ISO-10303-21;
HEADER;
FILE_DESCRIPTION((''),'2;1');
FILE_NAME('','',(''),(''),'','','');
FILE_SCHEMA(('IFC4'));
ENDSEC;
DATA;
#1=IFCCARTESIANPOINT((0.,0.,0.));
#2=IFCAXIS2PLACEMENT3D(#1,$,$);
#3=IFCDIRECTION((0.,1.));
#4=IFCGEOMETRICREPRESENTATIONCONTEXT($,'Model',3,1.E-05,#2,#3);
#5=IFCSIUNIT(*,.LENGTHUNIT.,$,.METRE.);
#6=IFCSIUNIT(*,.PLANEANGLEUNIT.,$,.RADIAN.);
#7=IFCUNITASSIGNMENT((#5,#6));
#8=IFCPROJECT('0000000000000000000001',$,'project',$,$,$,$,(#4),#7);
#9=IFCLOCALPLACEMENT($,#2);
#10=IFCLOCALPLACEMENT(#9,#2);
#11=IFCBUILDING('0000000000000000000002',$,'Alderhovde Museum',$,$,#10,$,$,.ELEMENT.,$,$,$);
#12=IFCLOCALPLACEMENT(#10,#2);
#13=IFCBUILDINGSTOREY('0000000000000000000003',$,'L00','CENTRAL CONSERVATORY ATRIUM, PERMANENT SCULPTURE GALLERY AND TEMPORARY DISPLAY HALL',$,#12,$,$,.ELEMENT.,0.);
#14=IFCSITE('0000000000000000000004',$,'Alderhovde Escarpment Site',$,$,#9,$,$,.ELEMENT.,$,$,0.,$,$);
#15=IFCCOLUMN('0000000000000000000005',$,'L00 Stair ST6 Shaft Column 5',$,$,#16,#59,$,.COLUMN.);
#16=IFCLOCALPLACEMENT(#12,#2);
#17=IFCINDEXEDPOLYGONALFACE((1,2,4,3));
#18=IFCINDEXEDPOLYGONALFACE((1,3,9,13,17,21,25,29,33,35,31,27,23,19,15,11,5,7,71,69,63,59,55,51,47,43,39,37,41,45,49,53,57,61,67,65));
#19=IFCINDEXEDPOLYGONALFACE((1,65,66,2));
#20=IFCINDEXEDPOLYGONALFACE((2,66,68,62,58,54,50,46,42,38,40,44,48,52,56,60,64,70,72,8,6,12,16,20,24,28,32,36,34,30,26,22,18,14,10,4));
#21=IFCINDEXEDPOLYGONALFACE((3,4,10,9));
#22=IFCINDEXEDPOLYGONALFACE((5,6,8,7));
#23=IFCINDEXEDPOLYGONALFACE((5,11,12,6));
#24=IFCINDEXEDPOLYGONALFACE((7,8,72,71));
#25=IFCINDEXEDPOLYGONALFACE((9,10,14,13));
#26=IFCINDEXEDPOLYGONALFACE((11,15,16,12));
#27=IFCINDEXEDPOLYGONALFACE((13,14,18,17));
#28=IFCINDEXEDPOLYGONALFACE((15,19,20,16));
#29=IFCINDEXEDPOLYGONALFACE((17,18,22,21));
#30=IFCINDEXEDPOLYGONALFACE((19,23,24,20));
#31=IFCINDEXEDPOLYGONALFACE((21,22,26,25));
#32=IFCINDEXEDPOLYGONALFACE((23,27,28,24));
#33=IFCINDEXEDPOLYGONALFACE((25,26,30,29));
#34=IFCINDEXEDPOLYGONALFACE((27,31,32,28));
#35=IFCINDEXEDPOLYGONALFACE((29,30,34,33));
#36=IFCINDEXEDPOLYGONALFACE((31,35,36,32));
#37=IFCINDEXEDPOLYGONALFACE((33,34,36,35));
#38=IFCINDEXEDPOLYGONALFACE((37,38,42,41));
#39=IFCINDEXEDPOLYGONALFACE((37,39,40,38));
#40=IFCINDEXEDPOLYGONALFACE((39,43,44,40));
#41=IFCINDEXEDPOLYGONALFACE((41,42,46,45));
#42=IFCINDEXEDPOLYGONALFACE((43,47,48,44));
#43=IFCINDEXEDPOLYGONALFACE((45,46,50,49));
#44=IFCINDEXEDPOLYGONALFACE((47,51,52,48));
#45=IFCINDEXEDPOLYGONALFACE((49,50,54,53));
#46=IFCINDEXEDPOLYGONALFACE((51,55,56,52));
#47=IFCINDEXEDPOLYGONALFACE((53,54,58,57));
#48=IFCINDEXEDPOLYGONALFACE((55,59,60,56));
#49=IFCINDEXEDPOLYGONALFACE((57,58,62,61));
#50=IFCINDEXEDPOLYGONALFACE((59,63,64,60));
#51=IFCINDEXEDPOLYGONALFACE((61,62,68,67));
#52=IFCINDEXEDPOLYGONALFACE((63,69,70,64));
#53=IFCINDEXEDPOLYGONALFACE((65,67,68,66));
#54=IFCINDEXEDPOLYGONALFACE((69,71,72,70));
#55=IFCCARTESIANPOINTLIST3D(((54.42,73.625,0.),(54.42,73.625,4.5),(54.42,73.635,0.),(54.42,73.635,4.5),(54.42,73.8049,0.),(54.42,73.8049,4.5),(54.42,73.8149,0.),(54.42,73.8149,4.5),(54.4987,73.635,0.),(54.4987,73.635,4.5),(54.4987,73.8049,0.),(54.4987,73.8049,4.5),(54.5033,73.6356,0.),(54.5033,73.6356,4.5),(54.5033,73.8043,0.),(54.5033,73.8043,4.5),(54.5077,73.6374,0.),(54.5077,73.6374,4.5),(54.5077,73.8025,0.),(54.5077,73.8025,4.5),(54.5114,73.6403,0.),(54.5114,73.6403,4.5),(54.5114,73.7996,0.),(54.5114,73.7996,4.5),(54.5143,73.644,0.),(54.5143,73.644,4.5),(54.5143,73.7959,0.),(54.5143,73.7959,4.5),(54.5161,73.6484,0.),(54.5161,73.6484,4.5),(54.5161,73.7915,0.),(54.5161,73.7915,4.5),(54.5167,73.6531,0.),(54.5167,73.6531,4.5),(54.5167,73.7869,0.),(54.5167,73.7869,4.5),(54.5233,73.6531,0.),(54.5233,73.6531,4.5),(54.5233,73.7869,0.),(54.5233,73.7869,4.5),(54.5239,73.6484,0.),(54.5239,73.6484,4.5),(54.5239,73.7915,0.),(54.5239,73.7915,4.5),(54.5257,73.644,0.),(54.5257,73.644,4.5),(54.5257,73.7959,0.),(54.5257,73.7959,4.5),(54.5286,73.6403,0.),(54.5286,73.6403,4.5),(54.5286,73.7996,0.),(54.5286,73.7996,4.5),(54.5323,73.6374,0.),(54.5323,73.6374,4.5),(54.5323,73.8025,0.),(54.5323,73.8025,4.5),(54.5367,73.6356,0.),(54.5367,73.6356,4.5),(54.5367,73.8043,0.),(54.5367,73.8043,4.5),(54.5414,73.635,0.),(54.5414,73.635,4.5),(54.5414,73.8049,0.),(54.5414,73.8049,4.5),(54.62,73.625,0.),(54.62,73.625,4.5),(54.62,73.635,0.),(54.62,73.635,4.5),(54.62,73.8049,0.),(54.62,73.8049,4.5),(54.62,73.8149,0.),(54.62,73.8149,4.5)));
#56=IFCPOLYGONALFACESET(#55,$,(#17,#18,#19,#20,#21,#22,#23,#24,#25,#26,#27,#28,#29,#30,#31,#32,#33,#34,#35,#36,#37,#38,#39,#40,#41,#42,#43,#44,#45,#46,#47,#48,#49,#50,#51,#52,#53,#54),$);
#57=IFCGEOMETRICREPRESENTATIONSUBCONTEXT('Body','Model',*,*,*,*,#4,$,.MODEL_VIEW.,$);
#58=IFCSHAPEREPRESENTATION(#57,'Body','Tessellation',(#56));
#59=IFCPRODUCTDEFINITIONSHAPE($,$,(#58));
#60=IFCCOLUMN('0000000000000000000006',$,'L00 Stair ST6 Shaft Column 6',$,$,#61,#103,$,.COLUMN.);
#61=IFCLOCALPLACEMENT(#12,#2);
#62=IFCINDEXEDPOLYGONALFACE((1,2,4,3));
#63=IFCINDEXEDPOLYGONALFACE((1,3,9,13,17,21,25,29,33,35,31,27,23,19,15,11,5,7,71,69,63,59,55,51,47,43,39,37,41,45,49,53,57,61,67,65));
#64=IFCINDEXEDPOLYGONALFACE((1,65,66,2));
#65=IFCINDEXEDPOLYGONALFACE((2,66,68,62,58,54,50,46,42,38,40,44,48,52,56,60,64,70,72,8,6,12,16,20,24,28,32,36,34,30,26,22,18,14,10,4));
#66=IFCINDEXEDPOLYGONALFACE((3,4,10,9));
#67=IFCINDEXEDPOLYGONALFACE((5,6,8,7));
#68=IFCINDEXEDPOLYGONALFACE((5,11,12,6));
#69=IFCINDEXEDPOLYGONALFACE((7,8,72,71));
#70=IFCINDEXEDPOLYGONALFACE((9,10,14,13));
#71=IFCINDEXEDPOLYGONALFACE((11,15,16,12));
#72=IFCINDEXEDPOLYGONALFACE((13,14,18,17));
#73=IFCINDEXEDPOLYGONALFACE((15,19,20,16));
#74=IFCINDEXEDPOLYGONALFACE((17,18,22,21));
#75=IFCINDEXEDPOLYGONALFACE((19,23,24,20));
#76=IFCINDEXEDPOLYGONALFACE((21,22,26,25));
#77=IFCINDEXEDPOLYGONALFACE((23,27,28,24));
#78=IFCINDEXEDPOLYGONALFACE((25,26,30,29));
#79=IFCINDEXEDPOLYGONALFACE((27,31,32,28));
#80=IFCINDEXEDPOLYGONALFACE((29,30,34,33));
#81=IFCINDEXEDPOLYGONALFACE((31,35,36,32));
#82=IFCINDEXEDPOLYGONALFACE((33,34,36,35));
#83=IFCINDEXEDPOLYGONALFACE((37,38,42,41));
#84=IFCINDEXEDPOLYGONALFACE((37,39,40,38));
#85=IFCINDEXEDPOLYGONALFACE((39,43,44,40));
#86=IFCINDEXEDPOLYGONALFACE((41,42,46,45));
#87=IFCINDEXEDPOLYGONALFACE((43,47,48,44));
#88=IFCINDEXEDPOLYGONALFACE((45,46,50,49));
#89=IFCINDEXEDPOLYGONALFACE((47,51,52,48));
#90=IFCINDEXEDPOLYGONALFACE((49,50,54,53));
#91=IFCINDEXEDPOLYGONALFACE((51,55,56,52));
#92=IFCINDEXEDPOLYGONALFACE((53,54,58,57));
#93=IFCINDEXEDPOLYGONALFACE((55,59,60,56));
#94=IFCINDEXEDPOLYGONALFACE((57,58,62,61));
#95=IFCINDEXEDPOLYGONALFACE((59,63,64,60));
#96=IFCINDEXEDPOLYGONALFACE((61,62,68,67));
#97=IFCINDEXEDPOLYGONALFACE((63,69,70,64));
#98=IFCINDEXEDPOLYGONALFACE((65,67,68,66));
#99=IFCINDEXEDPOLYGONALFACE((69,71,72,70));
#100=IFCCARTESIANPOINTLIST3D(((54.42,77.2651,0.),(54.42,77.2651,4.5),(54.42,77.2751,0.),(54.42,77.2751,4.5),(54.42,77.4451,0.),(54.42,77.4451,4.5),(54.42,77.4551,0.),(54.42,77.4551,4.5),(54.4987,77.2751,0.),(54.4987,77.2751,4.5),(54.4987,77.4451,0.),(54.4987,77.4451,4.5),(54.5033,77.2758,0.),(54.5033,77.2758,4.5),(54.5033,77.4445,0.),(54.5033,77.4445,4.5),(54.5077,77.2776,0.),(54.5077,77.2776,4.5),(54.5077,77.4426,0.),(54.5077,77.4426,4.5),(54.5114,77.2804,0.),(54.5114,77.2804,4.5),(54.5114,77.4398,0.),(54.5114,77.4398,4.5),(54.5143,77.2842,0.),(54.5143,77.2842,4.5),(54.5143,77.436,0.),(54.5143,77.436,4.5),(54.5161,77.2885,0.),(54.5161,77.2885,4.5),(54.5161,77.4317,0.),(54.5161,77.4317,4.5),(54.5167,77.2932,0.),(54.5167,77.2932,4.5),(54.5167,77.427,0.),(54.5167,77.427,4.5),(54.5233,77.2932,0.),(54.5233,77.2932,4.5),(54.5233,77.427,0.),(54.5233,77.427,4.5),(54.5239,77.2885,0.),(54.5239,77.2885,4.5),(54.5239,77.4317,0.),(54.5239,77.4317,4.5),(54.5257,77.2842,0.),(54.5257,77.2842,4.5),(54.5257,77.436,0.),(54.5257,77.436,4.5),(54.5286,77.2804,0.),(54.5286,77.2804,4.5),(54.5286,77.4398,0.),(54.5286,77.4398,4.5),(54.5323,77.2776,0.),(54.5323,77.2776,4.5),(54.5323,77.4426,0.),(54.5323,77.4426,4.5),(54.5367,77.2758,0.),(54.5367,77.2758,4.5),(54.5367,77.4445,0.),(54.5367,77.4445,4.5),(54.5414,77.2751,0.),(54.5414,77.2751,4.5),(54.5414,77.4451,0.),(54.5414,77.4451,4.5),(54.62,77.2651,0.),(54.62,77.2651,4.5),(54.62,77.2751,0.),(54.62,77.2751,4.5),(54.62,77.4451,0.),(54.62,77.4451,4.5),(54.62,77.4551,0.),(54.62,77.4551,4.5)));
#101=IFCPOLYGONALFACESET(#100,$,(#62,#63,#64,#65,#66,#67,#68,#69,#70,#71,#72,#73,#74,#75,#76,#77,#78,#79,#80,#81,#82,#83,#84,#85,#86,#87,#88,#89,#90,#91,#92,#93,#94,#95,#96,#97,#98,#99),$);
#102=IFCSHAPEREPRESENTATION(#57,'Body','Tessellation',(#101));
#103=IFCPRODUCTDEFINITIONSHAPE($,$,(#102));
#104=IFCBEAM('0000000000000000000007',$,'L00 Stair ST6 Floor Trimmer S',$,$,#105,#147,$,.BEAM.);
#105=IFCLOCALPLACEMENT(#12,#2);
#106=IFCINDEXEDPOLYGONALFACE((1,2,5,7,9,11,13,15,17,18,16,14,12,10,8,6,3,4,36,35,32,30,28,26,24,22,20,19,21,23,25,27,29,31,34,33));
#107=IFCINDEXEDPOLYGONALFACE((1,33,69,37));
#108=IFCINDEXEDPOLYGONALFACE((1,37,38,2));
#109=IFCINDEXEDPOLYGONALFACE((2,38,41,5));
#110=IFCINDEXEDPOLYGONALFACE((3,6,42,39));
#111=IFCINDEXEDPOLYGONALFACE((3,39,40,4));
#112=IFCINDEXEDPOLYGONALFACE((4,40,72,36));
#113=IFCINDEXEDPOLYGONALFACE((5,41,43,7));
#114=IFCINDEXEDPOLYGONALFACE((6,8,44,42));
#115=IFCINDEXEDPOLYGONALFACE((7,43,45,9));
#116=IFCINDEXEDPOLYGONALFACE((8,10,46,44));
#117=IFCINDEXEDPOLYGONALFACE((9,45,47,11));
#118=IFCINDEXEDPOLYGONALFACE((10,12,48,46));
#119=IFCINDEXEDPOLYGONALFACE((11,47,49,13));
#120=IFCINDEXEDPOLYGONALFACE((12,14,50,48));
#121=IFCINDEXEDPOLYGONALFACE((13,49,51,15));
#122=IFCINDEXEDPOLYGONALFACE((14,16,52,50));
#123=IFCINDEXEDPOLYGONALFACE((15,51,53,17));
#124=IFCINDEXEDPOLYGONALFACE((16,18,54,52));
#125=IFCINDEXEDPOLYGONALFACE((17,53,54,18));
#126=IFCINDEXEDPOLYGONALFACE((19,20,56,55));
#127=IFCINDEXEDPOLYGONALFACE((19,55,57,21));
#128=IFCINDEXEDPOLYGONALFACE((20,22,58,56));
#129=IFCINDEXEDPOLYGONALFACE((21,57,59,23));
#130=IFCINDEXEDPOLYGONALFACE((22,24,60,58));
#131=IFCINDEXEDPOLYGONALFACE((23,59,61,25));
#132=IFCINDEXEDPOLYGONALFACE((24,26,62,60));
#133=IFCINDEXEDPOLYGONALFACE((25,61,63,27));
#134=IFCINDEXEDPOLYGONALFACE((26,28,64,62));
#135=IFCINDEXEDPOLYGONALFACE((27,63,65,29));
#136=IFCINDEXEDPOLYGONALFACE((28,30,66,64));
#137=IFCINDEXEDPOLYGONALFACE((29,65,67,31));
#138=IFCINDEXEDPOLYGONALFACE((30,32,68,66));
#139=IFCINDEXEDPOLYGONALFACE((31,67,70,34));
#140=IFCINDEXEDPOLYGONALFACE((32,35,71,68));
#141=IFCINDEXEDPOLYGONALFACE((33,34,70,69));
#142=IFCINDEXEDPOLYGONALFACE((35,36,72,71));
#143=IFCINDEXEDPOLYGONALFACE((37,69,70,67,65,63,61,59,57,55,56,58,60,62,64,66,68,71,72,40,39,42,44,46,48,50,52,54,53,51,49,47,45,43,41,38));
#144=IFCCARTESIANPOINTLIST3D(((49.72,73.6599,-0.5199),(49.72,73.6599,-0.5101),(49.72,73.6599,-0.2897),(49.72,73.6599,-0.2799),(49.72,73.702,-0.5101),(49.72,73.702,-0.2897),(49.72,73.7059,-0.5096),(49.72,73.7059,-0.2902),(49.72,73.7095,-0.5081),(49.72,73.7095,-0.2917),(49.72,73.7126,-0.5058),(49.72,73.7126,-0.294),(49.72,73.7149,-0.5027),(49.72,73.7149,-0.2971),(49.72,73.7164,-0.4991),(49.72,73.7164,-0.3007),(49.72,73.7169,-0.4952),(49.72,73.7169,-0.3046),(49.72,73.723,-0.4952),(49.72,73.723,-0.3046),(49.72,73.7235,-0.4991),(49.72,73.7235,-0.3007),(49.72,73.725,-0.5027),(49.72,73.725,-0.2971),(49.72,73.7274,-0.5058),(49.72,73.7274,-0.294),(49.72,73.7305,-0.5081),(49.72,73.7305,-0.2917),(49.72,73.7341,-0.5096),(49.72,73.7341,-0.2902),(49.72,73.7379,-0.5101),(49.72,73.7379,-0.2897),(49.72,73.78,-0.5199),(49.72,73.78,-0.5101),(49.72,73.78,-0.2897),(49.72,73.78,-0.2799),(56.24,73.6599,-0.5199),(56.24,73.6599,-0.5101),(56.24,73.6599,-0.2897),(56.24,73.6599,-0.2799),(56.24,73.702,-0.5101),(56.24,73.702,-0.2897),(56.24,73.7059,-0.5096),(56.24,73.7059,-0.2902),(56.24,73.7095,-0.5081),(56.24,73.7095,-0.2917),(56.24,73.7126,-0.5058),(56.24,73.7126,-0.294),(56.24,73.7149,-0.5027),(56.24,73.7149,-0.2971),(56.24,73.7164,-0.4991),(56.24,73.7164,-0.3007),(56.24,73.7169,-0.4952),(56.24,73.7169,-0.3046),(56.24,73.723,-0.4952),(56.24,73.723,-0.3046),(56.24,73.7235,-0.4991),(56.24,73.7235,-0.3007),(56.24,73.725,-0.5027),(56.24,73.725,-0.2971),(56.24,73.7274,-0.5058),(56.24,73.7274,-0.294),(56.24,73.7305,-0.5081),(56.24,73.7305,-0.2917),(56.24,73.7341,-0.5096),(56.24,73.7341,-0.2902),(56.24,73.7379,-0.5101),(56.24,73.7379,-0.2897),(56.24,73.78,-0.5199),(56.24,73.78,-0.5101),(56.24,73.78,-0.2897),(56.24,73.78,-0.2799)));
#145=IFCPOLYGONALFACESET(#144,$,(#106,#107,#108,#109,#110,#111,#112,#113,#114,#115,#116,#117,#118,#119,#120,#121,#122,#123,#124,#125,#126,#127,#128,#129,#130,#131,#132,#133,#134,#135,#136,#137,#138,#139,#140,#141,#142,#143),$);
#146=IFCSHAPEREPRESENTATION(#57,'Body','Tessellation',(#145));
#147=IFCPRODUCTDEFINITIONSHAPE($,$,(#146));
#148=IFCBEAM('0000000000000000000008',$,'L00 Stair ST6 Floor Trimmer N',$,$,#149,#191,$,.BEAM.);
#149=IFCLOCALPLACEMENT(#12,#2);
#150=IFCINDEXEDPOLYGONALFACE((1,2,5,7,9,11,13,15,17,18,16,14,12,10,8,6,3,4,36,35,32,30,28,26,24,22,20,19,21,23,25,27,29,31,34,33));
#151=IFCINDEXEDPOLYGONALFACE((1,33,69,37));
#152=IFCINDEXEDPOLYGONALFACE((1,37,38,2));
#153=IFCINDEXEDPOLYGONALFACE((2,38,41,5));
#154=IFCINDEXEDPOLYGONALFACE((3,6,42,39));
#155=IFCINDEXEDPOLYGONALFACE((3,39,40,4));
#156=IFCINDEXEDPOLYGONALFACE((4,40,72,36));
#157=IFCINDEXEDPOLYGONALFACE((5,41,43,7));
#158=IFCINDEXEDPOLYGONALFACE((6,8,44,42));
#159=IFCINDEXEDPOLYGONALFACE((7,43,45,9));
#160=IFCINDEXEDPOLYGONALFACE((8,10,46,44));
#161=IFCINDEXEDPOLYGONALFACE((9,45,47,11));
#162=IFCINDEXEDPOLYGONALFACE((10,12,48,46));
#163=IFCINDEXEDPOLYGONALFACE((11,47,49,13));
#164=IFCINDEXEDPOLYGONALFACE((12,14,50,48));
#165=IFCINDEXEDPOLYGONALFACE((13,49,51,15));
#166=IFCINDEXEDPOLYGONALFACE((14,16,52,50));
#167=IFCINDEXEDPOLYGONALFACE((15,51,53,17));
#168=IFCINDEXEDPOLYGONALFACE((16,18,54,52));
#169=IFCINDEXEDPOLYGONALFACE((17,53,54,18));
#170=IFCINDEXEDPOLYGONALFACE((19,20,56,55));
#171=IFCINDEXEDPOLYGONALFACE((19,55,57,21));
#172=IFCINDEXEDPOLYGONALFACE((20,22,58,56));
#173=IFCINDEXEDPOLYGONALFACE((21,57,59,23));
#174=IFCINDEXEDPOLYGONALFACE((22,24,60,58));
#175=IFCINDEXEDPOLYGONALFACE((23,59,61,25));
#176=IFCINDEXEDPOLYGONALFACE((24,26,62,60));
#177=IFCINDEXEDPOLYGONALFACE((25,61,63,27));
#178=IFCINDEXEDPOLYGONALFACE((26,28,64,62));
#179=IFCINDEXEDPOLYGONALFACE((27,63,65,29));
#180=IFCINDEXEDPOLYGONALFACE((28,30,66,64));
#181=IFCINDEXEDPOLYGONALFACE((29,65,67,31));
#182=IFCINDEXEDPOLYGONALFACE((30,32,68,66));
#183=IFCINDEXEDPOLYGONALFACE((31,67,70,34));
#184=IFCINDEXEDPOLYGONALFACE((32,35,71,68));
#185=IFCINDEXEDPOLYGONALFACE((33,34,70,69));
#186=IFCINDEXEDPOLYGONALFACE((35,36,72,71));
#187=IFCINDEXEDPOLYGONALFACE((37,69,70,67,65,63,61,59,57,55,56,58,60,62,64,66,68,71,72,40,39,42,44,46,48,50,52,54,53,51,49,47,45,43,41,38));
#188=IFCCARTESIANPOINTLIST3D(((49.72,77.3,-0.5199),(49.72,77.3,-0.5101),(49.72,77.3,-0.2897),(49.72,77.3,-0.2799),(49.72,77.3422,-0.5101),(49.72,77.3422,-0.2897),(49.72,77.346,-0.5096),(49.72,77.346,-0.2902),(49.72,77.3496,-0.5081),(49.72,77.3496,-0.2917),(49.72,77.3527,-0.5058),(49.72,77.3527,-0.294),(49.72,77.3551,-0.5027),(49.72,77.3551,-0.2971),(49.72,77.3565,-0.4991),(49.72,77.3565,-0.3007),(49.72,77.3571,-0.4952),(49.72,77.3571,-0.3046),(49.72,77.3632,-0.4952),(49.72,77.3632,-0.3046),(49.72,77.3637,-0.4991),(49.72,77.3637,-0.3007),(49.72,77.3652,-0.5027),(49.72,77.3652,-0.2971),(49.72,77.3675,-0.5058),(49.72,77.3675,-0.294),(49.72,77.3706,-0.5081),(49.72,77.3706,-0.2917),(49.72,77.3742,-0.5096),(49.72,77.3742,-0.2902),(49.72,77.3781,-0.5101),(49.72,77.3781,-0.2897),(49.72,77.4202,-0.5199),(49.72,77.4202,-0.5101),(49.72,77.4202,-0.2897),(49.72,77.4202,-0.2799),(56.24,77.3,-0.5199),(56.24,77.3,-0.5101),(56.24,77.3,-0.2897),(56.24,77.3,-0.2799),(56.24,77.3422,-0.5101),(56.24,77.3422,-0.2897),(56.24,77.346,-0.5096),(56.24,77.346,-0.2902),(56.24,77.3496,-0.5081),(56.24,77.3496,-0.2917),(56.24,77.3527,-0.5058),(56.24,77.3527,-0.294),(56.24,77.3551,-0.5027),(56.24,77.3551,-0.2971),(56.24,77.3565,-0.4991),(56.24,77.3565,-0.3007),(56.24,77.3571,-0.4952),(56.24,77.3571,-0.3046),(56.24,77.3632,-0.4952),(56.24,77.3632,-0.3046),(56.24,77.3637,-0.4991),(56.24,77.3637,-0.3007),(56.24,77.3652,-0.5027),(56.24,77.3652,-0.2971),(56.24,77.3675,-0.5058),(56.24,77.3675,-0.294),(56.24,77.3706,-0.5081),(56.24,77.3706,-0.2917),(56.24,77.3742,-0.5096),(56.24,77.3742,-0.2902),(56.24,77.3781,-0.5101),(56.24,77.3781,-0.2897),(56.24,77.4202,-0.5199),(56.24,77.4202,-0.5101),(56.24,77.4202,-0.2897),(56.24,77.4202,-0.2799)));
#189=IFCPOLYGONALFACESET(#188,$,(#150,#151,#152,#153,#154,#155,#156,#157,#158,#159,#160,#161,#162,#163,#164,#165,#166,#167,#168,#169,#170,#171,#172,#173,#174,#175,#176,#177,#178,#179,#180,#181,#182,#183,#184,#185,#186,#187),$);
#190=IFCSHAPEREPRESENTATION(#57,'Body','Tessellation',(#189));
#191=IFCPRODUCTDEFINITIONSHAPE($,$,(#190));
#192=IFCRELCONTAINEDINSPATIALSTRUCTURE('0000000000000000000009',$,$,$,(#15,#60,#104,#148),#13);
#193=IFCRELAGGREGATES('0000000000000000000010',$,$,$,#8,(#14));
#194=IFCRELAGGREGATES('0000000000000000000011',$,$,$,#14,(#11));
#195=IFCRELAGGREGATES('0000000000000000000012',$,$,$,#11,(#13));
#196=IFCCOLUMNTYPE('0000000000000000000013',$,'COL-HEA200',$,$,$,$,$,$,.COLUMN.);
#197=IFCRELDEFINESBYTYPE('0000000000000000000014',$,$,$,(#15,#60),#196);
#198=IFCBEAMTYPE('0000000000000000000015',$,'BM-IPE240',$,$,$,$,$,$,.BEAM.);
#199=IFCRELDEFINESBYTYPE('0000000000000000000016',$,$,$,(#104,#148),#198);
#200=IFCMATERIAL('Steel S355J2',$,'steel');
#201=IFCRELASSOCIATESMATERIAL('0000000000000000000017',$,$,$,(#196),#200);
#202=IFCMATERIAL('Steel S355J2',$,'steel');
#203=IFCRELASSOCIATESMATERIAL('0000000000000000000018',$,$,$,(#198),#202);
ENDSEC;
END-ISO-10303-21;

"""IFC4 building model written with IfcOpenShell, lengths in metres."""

from ifc_helpers import new_model, si_unit, direction, frame, origin, origin_2d, place, context, subcontext, project, spatial, i_section, extrude, material, material_profile, profile_set, type_object, element, save


model = new_model("IFC4")

# Units and contexts
model_context = context("Model", 3, precision=1e-05, world=origin(), true_north=direction((0.0, 1.0)))
body_context = subcontext(model_context, "Body", "Model", "MODEL_VIEW")
ifc_project = project(units=[si_unit("LENGTHUNIT", "METRE"), si_unit("PLANEANGLEUNIT", "RADIAN")], contexts=[model_context])

# Site, building, storey
site_placement = place(None, origin())
site = spatial("IfcSite", under=ifc_project, at=site_placement, Name="Alderhovde Escarpment Site", CompositionType="ELEMENT", RefElevation=0.0)
building_placement = place(site_placement, origin())
building = spatial("IfcBuilding", under=site, at=building_placement, Name="Alderhovde Museum", CompositionType="ELEMENT")
storey_placement = place(building_placement, origin())
storey = spatial("IfcBuildingStorey", under=building, at=storey_placement, Name="L00", Description="CENTRAL CONSERVATORY ATRIUM, PERMANENT SCULPTURE GALLERY AND TEMPORARY DISPLAY HALL", CompositionType="ELEMENT", Elevation=0.0)

# Columns
ifc_material_1 = material(Name="Steel S355J2", Category="steel")
ifc_material_profile_1 = material_profile(ifc_material_1, i_section(OverallWidth=0.2, OverallDepth=0.1899, WebThickness=0.0066, FlangeThickness=0.01, FilletRadius=0.0181, at=origin_2d()), Name="HEA 200")
ifc_profile_set_1 = profile_set([ifc_material_profile_1], Name="Steel S355J2")
column_type = type_object("IfcColumnType", Name="COL-HEA200", PredefinedType="COLUMN", material=ifc_profile_set_1)
for number, where, z_axis, x_axis, name in (
    (1, (54.52, 73.72, 0.0), (0.0, 0.0, 1.0), (1.0, 0.0, 0.0), "L00 Stair ST6 Shaft Column 5"),
    (2, (54.52, 77.3601, 0.0), (0.0, 0.0, 1.0), (1.0, 0.0, 0.0), "L00 Stair ST6 Shaft Column 6"),
):
    element("IfcColumn", number, at=place(storey_placement, frame(where, z_axis=z_axis, x_axis=x_axis)), inside=storey, type_object=column_type, Name=name, PredefinedType="COLUMN", context=body_context, shape_type="SweptSolid", body=[
        extrude(i_section(OverallWidth=0.2, OverallDepth=0.1899, WebThickness=0.0066, FlangeThickness=0.01, FilletRadius=0.0181, at=origin_2d()), origin(), (0.0, 0.0, 1.0), 4.5),
    ])

# Beams
ifc_material_2 = material(Name="Steel S355J2", Category="steel")
ifc_material_profile_2 = material_profile(ifc_material_2, i_section(OverallWidth=0.1201, OverallDepth=0.24, WebThickness=0.0061, FlangeThickness=0.0098, FilletRadius=0.0149, at=origin_2d()), Name="IPE 240")
ifc_profile_set_2 = profile_set([ifc_material_profile_2], Name="Steel S355J2")
beam_type = type_object("IfcBeamType", Name="BM-IPE240", PredefinedType="BEAM", material=ifc_profile_set_2)
for number, where, z_axis, x_axis, name in (
    (3, (49.72, 73.72, -0.3999), (1.0, 0.0, 0.0), (0.0, 1.0, 0.0), "L00 Stair ST6 Floor Trimmer S"),
    (4, (49.72, 77.3601, -0.3999), (1.0, 0.0, 0.0), (0.0, 1.0, 0.0), "L00 Stair ST6 Floor Trimmer N"),
):
    element("IfcBeam", number, at=place(storey_placement, frame(where, z_axis=z_axis, x_axis=x_axis)), inside=storey, type_object=beam_type, Name=name, PredefinedType="BEAM", context=body_context, shape_type="SweptSolid", body=[
        extrude(i_section(OverallWidth=0.1201, OverallDepth=0.24, WebThickness=0.0061, FlangeThickness=0.0098, FilletRadius=0.0149, at=origin_2d()), origin(), (0.0, 0.0, 1.0), 6.52),
    ])

save(model, "model.ifc")
